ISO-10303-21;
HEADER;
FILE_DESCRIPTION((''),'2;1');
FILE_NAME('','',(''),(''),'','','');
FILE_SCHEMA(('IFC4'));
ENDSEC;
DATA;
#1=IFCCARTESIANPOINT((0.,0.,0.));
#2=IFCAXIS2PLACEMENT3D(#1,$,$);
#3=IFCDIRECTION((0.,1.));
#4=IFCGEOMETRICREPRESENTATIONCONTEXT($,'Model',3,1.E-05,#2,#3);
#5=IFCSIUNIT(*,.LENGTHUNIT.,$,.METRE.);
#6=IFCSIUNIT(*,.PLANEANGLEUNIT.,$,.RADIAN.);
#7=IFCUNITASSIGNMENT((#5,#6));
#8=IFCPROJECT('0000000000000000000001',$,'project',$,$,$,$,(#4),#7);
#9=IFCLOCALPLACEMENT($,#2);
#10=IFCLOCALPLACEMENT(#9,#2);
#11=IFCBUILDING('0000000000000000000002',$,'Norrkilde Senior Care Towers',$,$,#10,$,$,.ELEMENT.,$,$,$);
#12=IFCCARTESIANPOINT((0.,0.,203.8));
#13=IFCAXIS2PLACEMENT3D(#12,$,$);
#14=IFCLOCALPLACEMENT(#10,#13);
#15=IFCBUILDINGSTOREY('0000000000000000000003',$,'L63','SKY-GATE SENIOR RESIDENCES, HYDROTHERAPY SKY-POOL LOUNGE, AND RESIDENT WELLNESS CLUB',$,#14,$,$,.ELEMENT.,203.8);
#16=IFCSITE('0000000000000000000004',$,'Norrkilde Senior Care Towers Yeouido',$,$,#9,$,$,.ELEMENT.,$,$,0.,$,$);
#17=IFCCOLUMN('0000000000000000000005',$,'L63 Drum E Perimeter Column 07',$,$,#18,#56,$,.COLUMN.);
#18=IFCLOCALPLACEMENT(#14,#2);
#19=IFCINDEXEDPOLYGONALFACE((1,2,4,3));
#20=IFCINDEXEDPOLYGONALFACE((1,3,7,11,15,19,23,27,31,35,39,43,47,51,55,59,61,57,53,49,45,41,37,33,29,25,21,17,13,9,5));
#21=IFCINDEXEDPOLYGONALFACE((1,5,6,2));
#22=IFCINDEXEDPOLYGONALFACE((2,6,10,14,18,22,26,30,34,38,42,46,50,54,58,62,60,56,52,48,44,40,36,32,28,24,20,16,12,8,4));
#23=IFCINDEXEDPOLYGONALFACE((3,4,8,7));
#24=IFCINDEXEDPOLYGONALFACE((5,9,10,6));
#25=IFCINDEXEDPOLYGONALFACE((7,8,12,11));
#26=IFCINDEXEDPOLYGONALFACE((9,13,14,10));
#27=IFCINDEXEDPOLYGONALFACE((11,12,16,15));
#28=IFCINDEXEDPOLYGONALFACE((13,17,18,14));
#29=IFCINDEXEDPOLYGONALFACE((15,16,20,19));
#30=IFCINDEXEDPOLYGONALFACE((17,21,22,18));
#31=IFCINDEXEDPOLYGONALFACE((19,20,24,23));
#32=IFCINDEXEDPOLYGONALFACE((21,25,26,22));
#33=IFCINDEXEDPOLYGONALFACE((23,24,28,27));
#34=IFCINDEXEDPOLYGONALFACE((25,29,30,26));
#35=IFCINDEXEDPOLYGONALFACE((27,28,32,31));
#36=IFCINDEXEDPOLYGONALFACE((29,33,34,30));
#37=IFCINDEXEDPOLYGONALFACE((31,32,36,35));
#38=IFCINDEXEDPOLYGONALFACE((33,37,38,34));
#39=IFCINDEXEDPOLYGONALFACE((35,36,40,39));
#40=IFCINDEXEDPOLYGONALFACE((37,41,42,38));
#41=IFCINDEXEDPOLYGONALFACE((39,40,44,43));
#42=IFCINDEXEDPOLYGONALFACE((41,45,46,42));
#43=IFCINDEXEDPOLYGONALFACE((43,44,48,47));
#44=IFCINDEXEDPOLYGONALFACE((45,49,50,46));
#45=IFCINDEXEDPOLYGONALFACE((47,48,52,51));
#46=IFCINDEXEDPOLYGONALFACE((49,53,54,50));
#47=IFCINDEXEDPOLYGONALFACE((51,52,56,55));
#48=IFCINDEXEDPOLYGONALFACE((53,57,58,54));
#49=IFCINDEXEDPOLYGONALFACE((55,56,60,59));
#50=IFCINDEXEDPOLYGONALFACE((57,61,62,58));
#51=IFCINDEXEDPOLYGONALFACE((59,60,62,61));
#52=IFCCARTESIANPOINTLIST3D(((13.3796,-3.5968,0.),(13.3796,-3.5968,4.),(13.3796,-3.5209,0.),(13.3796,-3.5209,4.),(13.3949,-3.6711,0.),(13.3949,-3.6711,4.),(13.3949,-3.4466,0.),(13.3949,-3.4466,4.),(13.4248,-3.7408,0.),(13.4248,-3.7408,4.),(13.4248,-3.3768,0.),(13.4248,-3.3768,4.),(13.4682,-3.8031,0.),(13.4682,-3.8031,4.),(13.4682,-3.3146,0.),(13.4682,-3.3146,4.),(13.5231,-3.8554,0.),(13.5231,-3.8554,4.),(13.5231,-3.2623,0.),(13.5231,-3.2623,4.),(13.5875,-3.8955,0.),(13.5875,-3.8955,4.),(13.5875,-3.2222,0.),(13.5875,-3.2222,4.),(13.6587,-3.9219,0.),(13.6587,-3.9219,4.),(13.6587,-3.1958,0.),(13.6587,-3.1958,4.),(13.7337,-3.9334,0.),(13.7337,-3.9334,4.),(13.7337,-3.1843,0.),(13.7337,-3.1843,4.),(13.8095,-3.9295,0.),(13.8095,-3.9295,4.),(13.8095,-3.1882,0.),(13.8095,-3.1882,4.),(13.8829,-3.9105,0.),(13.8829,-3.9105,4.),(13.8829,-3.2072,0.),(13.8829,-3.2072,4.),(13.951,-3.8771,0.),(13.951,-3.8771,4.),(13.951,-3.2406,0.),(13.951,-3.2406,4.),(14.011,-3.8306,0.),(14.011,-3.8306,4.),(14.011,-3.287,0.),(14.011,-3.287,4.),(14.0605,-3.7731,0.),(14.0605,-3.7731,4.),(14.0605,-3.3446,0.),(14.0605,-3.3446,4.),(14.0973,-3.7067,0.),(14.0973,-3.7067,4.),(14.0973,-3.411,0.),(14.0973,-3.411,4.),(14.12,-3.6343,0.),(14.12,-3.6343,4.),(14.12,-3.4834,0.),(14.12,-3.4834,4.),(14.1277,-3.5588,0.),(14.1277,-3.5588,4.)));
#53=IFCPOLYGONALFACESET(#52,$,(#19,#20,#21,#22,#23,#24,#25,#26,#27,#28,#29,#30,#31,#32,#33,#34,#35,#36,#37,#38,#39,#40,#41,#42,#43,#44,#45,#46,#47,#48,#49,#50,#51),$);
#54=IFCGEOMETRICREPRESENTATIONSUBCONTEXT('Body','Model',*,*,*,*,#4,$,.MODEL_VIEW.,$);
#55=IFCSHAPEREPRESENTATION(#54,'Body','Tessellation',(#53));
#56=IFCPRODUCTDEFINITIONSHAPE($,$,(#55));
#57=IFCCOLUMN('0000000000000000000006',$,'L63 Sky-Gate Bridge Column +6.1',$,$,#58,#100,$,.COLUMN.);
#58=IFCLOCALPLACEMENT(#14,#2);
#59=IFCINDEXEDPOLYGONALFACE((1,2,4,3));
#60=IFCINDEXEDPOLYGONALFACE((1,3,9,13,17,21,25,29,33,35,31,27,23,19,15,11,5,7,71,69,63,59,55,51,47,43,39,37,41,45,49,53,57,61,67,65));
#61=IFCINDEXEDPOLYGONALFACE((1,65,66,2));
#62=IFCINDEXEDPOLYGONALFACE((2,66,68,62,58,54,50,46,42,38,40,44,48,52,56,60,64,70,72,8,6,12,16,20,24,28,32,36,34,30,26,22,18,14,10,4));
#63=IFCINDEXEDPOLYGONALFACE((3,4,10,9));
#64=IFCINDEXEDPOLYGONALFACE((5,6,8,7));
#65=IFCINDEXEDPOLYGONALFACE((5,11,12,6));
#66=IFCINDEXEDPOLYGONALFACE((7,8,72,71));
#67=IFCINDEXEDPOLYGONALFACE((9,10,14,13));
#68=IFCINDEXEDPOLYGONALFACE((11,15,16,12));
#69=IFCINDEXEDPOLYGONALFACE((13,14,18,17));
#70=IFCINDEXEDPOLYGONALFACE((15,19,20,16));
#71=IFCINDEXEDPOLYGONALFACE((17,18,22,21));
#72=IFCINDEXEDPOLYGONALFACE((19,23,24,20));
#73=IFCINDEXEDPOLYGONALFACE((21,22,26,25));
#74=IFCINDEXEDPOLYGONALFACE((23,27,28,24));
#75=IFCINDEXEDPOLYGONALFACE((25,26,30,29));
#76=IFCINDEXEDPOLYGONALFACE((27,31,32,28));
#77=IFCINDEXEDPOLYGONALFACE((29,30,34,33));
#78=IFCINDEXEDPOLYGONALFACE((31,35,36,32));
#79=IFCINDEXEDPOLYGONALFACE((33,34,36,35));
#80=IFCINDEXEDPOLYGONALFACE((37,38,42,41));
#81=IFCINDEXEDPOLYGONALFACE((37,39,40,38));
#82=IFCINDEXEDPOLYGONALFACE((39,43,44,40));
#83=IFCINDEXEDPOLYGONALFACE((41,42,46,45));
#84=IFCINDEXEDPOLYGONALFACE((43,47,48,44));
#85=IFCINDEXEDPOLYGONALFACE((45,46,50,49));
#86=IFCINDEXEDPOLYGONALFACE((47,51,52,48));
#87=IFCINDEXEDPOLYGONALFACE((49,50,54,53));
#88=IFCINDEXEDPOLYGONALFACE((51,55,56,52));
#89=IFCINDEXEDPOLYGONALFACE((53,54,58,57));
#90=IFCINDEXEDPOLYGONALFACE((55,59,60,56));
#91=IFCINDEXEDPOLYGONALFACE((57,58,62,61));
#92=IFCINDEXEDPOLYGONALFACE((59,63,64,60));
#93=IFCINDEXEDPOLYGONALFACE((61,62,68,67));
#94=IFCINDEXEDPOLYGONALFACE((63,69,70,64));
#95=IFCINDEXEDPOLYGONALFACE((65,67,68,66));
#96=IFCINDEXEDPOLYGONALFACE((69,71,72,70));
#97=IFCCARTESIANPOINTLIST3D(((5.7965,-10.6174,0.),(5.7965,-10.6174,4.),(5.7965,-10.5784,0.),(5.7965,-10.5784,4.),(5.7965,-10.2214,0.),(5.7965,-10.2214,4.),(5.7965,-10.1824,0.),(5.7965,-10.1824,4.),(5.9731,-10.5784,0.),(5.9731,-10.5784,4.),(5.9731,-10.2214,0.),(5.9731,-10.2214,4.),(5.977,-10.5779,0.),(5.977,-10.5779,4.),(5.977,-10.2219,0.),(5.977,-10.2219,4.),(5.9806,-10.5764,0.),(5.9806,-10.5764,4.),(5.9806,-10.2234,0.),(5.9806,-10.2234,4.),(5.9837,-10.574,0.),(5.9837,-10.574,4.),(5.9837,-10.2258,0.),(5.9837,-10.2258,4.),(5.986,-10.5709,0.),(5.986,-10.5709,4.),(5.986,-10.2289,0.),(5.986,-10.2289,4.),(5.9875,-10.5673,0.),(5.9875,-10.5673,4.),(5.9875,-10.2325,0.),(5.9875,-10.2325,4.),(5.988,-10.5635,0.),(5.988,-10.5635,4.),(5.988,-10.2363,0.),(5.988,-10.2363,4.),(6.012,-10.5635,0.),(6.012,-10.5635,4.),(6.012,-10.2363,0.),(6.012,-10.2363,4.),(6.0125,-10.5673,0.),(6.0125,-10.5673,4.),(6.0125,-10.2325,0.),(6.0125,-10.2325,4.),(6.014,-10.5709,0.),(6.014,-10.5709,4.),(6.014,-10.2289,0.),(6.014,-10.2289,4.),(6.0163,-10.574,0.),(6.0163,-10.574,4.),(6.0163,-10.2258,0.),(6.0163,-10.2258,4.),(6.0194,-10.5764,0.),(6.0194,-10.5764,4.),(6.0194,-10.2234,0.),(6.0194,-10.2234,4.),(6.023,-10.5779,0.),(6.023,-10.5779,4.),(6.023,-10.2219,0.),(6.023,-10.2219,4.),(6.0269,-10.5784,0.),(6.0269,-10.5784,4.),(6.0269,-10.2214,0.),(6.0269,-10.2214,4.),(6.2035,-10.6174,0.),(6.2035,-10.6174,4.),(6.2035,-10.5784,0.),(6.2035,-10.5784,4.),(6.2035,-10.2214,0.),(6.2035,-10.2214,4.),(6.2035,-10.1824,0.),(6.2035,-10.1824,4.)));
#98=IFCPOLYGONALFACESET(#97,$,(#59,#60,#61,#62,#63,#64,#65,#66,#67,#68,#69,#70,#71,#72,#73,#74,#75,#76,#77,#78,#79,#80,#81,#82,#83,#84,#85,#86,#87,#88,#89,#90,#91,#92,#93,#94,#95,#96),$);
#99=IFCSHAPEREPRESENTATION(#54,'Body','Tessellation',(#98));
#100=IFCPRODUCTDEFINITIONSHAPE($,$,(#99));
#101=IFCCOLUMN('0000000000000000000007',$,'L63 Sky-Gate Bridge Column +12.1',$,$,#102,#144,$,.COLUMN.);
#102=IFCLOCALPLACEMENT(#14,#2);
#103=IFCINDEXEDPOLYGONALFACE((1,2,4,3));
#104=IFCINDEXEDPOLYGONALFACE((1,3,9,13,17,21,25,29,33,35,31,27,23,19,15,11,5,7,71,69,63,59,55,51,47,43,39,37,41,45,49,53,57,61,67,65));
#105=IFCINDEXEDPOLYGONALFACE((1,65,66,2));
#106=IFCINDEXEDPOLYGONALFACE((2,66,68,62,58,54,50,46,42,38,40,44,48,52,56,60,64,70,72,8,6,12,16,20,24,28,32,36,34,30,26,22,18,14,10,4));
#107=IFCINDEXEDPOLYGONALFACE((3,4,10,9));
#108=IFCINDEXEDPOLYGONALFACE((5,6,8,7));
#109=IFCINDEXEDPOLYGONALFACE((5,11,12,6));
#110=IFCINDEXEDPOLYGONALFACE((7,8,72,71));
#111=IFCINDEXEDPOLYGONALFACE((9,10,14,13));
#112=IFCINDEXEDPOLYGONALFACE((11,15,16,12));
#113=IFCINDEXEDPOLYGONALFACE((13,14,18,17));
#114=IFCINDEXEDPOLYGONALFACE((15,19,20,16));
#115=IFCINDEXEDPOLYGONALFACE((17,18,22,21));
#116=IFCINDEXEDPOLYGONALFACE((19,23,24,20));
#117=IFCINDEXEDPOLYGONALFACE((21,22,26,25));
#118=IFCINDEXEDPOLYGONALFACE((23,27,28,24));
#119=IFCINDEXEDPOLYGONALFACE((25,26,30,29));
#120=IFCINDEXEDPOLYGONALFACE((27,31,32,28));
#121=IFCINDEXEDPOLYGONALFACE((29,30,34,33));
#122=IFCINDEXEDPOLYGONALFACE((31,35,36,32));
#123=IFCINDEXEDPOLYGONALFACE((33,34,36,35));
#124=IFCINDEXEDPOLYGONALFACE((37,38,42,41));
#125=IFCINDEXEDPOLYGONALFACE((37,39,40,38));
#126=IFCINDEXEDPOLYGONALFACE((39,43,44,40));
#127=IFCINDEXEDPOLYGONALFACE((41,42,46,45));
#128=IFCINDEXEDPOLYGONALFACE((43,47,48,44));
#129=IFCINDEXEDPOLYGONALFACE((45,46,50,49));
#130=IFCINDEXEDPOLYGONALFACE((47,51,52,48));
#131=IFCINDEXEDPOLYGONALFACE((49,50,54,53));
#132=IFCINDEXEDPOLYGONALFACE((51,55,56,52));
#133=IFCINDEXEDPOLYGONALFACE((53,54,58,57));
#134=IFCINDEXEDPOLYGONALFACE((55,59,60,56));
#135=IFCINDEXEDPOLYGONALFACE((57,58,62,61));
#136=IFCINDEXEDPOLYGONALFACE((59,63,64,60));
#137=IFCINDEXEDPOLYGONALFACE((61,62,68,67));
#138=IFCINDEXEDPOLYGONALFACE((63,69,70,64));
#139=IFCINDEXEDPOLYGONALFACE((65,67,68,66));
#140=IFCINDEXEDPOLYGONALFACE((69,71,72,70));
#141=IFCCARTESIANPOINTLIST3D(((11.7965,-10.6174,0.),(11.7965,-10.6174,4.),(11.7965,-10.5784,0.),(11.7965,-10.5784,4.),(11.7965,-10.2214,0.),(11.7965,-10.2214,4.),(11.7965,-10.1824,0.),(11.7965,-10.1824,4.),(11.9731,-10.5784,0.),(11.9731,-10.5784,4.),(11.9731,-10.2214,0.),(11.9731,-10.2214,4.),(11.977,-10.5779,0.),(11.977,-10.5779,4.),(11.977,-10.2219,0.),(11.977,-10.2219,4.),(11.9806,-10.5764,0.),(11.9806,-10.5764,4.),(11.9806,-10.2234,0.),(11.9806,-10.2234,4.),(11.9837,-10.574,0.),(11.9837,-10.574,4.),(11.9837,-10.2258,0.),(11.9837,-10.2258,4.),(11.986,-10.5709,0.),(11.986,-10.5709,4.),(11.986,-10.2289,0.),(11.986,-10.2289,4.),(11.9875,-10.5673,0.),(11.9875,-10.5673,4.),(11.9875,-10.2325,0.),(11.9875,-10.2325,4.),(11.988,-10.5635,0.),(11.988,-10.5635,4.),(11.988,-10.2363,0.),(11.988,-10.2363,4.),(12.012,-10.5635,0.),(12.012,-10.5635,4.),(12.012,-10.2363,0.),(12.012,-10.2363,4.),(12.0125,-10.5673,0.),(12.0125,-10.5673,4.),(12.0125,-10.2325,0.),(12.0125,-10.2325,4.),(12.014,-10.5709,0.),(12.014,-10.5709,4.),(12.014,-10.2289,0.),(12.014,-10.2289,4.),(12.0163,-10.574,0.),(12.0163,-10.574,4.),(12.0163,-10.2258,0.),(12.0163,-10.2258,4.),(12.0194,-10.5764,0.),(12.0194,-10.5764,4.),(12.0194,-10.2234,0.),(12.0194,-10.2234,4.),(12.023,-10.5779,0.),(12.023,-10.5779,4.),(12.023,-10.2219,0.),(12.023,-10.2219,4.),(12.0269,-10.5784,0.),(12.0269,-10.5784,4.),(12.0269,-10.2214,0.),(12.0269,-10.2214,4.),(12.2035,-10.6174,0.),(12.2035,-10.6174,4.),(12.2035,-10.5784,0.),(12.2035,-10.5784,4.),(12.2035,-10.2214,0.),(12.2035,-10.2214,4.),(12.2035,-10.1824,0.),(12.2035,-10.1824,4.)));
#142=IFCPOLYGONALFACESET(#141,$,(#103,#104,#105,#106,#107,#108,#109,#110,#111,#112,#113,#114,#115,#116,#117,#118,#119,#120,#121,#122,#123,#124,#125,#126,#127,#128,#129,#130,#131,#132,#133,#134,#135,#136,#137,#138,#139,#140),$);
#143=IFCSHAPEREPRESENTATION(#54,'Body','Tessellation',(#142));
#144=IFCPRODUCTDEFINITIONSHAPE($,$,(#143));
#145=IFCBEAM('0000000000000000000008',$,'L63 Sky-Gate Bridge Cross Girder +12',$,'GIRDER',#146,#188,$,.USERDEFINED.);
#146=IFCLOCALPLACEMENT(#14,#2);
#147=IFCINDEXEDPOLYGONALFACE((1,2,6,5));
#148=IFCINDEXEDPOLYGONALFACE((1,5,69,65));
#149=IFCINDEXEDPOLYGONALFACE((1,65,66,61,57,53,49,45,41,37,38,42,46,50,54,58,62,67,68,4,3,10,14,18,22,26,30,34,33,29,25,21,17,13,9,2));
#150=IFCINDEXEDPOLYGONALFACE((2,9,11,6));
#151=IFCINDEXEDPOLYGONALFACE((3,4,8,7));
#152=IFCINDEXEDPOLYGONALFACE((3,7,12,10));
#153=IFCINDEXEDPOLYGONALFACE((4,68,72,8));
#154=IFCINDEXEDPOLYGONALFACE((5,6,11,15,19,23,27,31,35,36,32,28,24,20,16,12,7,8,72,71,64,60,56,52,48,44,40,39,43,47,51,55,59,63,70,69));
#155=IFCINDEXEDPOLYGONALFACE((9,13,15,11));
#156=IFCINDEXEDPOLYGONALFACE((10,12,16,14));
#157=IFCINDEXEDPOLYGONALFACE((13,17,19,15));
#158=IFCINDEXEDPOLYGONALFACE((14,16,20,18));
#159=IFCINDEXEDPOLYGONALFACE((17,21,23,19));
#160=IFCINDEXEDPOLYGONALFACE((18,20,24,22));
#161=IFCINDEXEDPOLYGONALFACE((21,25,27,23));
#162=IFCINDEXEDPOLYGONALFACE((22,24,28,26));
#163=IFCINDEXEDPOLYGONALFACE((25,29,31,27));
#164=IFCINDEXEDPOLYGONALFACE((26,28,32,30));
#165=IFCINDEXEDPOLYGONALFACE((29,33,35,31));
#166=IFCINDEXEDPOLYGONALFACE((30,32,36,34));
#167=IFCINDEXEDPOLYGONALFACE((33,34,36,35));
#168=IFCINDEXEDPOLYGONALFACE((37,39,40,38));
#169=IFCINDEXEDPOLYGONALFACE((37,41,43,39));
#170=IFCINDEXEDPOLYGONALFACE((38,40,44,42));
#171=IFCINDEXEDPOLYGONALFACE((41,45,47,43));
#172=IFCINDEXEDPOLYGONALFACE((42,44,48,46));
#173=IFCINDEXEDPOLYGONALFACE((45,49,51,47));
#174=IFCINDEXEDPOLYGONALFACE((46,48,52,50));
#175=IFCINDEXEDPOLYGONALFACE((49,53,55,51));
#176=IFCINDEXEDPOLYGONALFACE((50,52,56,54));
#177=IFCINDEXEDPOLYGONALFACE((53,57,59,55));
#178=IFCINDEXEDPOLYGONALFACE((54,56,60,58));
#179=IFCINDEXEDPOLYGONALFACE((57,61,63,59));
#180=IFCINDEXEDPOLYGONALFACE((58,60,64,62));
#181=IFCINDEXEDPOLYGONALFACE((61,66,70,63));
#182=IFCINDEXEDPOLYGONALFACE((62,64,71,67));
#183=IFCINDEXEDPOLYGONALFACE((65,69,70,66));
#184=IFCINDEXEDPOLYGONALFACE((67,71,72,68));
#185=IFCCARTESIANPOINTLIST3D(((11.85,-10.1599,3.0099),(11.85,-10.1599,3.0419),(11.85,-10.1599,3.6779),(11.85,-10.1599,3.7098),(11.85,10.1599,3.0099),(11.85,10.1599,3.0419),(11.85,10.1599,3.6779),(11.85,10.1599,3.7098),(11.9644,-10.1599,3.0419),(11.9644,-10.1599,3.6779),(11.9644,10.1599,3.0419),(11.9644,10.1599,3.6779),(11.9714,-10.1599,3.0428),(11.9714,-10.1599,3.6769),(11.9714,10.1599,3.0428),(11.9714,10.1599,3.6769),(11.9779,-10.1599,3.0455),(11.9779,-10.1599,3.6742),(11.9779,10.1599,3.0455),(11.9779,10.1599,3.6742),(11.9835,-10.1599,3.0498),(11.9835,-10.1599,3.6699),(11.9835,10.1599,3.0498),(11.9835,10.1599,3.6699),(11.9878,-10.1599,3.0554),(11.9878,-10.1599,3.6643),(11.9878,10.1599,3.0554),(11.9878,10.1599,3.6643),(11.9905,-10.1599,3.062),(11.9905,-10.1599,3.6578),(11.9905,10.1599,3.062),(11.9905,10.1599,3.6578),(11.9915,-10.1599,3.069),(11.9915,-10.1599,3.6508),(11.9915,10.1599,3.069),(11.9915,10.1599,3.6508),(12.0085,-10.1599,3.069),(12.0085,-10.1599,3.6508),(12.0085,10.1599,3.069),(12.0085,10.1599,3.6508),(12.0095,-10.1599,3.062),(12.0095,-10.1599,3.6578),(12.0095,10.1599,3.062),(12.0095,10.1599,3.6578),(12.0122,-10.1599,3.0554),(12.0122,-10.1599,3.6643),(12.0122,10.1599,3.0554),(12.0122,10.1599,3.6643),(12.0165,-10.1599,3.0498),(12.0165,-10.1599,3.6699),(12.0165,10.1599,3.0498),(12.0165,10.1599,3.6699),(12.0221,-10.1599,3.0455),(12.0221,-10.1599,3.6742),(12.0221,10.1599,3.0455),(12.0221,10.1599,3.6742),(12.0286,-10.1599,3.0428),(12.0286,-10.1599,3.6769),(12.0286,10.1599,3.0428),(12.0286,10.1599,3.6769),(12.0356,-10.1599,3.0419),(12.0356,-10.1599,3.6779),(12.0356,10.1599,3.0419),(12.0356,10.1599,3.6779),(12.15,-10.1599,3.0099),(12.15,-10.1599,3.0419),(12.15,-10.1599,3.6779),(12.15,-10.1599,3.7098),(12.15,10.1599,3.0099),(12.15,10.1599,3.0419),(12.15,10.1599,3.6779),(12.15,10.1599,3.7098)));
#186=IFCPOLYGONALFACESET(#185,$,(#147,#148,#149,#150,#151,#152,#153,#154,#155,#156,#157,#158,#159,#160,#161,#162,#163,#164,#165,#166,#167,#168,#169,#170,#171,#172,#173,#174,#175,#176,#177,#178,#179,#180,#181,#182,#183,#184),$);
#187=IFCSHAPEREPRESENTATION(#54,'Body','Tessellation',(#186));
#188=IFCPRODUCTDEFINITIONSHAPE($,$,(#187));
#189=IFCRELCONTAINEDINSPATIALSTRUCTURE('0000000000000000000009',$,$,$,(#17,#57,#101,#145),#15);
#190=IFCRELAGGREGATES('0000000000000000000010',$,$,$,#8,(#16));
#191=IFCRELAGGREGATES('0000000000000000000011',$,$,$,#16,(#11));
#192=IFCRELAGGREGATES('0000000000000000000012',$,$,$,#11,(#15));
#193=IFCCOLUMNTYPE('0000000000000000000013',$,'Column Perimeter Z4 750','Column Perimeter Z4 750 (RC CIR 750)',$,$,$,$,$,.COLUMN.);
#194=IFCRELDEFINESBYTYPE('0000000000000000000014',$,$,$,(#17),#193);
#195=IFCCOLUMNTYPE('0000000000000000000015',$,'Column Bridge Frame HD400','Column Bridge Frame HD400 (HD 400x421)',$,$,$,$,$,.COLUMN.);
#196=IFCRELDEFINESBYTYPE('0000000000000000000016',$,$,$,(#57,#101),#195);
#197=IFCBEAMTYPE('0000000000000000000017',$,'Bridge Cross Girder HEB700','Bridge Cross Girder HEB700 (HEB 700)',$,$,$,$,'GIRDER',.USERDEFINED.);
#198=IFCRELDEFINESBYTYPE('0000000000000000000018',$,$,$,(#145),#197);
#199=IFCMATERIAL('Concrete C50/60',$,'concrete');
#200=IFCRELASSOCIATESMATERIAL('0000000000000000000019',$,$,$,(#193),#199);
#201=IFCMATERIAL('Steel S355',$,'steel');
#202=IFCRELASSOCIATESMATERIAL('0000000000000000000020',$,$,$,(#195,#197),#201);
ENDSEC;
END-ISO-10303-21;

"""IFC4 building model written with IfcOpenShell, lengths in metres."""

from ifc_helpers import new_model, si_unit, direction, frame, origin, origin_2d, place, context, subcontext, project, spatial, circle, i_section, extrude, source, transform, mapped, material, material_profile, profile_set, type_object, type_shapes, element, save


model = new_model("IFC4")

# Units and contexts
model_context = context("Model", 3, precision=1e-05, world=origin(), true_north=direction((0.0, 1.0)))
body_context = subcontext(model_context, "Body", "Model", "MODEL_VIEW")
ifc_project = project(units=[si_unit("LENGTHUNIT", "METRE"), si_unit("PLANEANGLEUNIT", "RADIAN")], contexts=[model_context])

# Site, building, storey
site_placement = place(None, origin())
site = spatial("IfcSite", under=ifc_project, at=site_placement, Name="Norrkilde Senior Care Towers Yeouido", CompositionType="ELEMENT", RefElevation=0.0)
building_placement = place(site_placement, origin())
building = spatial("IfcBuilding", under=site, at=building_placement, Name="Norrkilde Senior Care Towers", CompositionType="ELEMENT")
storey_placement = place(building_placement, frame((0.0, 0.0, 203.8)))
storey = spatial("IfcBuildingStorey", under=building, at=storey_placement, Name="L63", Description="SKY-GATE SENIOR RESIDENCES, HYDROTHERAPY SKY-POOL LOUNGE, AND RESIDENT WELLNESS CLUB", CompositionType="ELEMENT", Elevation=203.8)

# Columns
ifc_material_1 = material(Name="Concrete C50/60", Category="concrete")
ifc_material_profile_1 = material_profile(ifc_material_1, circle(Radius=0.375, at=origin_2d()), Name="RC CIR 750")
ifc_profile_set_1 = profile_set([ifc_material_profile_1], Name="Concrete C50/60")
column_type_1 = type_object("IfcColumnType", Name="Column Perimeter Z4 750", Description="Column Perimeter Z4 750 (RC CIR 750)", PredefinedType="COLUMN", material=ifc_profile_set_1)
shared_shape_1 = source(origin(), body_context, "Body", "SweptSolid", [
    extrude(circle(Radius=0.375, at=origin_2d()), origin(), (0.0, 0.0, 1.0), 4.0),
])
type_shapes(column_type_1, [shared_shape_1])
column_placement = place(storey_placement, frame((13.7527, -3.5588, 0.0), z_axis=(0.0, 0.0, 1.0), x_axis=(1.0, 0.0, 0.0)))
element("IfcColumn", 1, at=column_placement, inside=storey, type_object=column_type_1, Name="L63 Drum E Perimeter Column 07", PredefinedType="COLUMN", context=body_context, shape_type="MappedRepresentation", body=[
    mapped(shared_shape_1, transform((0.0, 0.0, 0.0), x_axis=(1.0, 0.0, 0.0), y_axis=(0.0, 1.0, 0.0), z_axis=(0.0, 0.0, 1.0), scale=1.0)),
])
ifc_material_2 = material(Name="Steel S355", Category="steel")
ifc_material_profile_2 = material_profile(ifc_material_2, i_section(OverallWidth=0.407, OverallDepth=0.4351, WebThickness=0.0239, FlangeThickness=0.0391, FilletRadius=0.0149, at=origin_2d()), Name="HD 400x421")
ifc_profile_set_2 = profile_set([ifc_material_profile_2], Name="Steel S355")
column_type_2 = type_object("IfcColumnType", Name="Column Bridge Frame HD400", Description="Column Bridge Frame HD400 (HD 400x421)", PredefinedType="COLUMN", material=ifc_profile_set_2)
shared_shape_2 = source(origin(), body_context, "Body", "SweptSolid", [
    extrude(i_section(OverallWidth=0.407, OverallDepth=0.4351, WebThickness=0.0239, FlangeThickness=0.0391, FilletRadius=0.0149, at=origin_2d()), origin(), (0.0, 0.0, 1.0), 4.0),
])
type_shapes(column_type_2, [shared_shape_2])
for number, where, z_axis, x_axis, name in (
    (2, (6.0, -10.3999, 0.0), (0.0, 0.0, 1.0), (1.0, 0.0, 0.0), "L63 Sky-Gate Bridge Column +6.1"),
    (3, (12.0, -10.3999, 0.0), (0.0, 0.0, 1.0), (1.0, 0.0, 0.0), "L63 Sky-Gate Bridge Column +12.1"),
):
    element("IfcColumn", number, at=place(storey_placement, frame(where, z_axis=z_axis, x_axis=x_axis)), inside=storey, type_object=column_type_2, Name=name, PredefinedType="COLUMN", context=body_context, shape_type="MappedRepresentation", body=[
        mapped(shared_shape_2, transform((0.0, 0.0, 0.0), x_axis=(1.0, 0.0, 0.0), y_axis=(0.0, 1.0, 0.0), z_axis=(0.0, 0.0, 1.0), scale=1.0)),
    ])

# Beam
ifc_material_profile_3 = material_profile(ifc_material_2, i_section(OverallWidth=0.3, OverallDepth=0.7, WebThickness=0.0171, FlangeThickness=0.032, FilletRadius=0.0271, at=origin_2d()), Name="HEB 700")
ifc_profile_set_3 = profile_set([ifc_material_profile_3], Name="Steel S355")
beam_type_1 = type_object("IfcBeamType", Name="Bridge Cross Girder HEB700", Description="Bridge Cross Girder HEB700 (HEB 700)", ElementType="GIRDER", PredefinedType="USERDEFINED", material=ifc_profile_set_3)
shared_shape_3 = source(origin(), body_context, "Body", "SweptSolid", [
    extrude(i_section(OverallWidth=0.3, OverallDepth=0.7, WebThickness=0.0171, FlangeThickness=0.032, FilletRadius=0.0271, at=origin_2d()), origin(), (0.0, 0.0, 1.0), 20.3198),
])
beam_1_placement = place(storey_placement, frame((12.0, -10.1599, 3.3599), z_axis=(0.0, 1.0, 0.0), x_axis=(-1.0, 0.0, 0.0)))
element("IfcBeam", 4, at=beam_1_placement, inside=storey, type_object=beam_type_1, Name="L63 Sky-Gate Bridge Cross Girder +12", ObjectType="GIRDER", PredefinedType="USERDEFINED", context=body_context, shape_type="MappedRepresentation", body=[
    mapped(shared_shape_3, transform((0.0, 0.0, 0.0), x_axis=(1.0, 0.0, 0.0), y_axis=(0.0, 1.0, 0.0), z_axis=(0.0, 0.0, 1.0), scale=1.0)),
])

save(model, "model.ifc")
